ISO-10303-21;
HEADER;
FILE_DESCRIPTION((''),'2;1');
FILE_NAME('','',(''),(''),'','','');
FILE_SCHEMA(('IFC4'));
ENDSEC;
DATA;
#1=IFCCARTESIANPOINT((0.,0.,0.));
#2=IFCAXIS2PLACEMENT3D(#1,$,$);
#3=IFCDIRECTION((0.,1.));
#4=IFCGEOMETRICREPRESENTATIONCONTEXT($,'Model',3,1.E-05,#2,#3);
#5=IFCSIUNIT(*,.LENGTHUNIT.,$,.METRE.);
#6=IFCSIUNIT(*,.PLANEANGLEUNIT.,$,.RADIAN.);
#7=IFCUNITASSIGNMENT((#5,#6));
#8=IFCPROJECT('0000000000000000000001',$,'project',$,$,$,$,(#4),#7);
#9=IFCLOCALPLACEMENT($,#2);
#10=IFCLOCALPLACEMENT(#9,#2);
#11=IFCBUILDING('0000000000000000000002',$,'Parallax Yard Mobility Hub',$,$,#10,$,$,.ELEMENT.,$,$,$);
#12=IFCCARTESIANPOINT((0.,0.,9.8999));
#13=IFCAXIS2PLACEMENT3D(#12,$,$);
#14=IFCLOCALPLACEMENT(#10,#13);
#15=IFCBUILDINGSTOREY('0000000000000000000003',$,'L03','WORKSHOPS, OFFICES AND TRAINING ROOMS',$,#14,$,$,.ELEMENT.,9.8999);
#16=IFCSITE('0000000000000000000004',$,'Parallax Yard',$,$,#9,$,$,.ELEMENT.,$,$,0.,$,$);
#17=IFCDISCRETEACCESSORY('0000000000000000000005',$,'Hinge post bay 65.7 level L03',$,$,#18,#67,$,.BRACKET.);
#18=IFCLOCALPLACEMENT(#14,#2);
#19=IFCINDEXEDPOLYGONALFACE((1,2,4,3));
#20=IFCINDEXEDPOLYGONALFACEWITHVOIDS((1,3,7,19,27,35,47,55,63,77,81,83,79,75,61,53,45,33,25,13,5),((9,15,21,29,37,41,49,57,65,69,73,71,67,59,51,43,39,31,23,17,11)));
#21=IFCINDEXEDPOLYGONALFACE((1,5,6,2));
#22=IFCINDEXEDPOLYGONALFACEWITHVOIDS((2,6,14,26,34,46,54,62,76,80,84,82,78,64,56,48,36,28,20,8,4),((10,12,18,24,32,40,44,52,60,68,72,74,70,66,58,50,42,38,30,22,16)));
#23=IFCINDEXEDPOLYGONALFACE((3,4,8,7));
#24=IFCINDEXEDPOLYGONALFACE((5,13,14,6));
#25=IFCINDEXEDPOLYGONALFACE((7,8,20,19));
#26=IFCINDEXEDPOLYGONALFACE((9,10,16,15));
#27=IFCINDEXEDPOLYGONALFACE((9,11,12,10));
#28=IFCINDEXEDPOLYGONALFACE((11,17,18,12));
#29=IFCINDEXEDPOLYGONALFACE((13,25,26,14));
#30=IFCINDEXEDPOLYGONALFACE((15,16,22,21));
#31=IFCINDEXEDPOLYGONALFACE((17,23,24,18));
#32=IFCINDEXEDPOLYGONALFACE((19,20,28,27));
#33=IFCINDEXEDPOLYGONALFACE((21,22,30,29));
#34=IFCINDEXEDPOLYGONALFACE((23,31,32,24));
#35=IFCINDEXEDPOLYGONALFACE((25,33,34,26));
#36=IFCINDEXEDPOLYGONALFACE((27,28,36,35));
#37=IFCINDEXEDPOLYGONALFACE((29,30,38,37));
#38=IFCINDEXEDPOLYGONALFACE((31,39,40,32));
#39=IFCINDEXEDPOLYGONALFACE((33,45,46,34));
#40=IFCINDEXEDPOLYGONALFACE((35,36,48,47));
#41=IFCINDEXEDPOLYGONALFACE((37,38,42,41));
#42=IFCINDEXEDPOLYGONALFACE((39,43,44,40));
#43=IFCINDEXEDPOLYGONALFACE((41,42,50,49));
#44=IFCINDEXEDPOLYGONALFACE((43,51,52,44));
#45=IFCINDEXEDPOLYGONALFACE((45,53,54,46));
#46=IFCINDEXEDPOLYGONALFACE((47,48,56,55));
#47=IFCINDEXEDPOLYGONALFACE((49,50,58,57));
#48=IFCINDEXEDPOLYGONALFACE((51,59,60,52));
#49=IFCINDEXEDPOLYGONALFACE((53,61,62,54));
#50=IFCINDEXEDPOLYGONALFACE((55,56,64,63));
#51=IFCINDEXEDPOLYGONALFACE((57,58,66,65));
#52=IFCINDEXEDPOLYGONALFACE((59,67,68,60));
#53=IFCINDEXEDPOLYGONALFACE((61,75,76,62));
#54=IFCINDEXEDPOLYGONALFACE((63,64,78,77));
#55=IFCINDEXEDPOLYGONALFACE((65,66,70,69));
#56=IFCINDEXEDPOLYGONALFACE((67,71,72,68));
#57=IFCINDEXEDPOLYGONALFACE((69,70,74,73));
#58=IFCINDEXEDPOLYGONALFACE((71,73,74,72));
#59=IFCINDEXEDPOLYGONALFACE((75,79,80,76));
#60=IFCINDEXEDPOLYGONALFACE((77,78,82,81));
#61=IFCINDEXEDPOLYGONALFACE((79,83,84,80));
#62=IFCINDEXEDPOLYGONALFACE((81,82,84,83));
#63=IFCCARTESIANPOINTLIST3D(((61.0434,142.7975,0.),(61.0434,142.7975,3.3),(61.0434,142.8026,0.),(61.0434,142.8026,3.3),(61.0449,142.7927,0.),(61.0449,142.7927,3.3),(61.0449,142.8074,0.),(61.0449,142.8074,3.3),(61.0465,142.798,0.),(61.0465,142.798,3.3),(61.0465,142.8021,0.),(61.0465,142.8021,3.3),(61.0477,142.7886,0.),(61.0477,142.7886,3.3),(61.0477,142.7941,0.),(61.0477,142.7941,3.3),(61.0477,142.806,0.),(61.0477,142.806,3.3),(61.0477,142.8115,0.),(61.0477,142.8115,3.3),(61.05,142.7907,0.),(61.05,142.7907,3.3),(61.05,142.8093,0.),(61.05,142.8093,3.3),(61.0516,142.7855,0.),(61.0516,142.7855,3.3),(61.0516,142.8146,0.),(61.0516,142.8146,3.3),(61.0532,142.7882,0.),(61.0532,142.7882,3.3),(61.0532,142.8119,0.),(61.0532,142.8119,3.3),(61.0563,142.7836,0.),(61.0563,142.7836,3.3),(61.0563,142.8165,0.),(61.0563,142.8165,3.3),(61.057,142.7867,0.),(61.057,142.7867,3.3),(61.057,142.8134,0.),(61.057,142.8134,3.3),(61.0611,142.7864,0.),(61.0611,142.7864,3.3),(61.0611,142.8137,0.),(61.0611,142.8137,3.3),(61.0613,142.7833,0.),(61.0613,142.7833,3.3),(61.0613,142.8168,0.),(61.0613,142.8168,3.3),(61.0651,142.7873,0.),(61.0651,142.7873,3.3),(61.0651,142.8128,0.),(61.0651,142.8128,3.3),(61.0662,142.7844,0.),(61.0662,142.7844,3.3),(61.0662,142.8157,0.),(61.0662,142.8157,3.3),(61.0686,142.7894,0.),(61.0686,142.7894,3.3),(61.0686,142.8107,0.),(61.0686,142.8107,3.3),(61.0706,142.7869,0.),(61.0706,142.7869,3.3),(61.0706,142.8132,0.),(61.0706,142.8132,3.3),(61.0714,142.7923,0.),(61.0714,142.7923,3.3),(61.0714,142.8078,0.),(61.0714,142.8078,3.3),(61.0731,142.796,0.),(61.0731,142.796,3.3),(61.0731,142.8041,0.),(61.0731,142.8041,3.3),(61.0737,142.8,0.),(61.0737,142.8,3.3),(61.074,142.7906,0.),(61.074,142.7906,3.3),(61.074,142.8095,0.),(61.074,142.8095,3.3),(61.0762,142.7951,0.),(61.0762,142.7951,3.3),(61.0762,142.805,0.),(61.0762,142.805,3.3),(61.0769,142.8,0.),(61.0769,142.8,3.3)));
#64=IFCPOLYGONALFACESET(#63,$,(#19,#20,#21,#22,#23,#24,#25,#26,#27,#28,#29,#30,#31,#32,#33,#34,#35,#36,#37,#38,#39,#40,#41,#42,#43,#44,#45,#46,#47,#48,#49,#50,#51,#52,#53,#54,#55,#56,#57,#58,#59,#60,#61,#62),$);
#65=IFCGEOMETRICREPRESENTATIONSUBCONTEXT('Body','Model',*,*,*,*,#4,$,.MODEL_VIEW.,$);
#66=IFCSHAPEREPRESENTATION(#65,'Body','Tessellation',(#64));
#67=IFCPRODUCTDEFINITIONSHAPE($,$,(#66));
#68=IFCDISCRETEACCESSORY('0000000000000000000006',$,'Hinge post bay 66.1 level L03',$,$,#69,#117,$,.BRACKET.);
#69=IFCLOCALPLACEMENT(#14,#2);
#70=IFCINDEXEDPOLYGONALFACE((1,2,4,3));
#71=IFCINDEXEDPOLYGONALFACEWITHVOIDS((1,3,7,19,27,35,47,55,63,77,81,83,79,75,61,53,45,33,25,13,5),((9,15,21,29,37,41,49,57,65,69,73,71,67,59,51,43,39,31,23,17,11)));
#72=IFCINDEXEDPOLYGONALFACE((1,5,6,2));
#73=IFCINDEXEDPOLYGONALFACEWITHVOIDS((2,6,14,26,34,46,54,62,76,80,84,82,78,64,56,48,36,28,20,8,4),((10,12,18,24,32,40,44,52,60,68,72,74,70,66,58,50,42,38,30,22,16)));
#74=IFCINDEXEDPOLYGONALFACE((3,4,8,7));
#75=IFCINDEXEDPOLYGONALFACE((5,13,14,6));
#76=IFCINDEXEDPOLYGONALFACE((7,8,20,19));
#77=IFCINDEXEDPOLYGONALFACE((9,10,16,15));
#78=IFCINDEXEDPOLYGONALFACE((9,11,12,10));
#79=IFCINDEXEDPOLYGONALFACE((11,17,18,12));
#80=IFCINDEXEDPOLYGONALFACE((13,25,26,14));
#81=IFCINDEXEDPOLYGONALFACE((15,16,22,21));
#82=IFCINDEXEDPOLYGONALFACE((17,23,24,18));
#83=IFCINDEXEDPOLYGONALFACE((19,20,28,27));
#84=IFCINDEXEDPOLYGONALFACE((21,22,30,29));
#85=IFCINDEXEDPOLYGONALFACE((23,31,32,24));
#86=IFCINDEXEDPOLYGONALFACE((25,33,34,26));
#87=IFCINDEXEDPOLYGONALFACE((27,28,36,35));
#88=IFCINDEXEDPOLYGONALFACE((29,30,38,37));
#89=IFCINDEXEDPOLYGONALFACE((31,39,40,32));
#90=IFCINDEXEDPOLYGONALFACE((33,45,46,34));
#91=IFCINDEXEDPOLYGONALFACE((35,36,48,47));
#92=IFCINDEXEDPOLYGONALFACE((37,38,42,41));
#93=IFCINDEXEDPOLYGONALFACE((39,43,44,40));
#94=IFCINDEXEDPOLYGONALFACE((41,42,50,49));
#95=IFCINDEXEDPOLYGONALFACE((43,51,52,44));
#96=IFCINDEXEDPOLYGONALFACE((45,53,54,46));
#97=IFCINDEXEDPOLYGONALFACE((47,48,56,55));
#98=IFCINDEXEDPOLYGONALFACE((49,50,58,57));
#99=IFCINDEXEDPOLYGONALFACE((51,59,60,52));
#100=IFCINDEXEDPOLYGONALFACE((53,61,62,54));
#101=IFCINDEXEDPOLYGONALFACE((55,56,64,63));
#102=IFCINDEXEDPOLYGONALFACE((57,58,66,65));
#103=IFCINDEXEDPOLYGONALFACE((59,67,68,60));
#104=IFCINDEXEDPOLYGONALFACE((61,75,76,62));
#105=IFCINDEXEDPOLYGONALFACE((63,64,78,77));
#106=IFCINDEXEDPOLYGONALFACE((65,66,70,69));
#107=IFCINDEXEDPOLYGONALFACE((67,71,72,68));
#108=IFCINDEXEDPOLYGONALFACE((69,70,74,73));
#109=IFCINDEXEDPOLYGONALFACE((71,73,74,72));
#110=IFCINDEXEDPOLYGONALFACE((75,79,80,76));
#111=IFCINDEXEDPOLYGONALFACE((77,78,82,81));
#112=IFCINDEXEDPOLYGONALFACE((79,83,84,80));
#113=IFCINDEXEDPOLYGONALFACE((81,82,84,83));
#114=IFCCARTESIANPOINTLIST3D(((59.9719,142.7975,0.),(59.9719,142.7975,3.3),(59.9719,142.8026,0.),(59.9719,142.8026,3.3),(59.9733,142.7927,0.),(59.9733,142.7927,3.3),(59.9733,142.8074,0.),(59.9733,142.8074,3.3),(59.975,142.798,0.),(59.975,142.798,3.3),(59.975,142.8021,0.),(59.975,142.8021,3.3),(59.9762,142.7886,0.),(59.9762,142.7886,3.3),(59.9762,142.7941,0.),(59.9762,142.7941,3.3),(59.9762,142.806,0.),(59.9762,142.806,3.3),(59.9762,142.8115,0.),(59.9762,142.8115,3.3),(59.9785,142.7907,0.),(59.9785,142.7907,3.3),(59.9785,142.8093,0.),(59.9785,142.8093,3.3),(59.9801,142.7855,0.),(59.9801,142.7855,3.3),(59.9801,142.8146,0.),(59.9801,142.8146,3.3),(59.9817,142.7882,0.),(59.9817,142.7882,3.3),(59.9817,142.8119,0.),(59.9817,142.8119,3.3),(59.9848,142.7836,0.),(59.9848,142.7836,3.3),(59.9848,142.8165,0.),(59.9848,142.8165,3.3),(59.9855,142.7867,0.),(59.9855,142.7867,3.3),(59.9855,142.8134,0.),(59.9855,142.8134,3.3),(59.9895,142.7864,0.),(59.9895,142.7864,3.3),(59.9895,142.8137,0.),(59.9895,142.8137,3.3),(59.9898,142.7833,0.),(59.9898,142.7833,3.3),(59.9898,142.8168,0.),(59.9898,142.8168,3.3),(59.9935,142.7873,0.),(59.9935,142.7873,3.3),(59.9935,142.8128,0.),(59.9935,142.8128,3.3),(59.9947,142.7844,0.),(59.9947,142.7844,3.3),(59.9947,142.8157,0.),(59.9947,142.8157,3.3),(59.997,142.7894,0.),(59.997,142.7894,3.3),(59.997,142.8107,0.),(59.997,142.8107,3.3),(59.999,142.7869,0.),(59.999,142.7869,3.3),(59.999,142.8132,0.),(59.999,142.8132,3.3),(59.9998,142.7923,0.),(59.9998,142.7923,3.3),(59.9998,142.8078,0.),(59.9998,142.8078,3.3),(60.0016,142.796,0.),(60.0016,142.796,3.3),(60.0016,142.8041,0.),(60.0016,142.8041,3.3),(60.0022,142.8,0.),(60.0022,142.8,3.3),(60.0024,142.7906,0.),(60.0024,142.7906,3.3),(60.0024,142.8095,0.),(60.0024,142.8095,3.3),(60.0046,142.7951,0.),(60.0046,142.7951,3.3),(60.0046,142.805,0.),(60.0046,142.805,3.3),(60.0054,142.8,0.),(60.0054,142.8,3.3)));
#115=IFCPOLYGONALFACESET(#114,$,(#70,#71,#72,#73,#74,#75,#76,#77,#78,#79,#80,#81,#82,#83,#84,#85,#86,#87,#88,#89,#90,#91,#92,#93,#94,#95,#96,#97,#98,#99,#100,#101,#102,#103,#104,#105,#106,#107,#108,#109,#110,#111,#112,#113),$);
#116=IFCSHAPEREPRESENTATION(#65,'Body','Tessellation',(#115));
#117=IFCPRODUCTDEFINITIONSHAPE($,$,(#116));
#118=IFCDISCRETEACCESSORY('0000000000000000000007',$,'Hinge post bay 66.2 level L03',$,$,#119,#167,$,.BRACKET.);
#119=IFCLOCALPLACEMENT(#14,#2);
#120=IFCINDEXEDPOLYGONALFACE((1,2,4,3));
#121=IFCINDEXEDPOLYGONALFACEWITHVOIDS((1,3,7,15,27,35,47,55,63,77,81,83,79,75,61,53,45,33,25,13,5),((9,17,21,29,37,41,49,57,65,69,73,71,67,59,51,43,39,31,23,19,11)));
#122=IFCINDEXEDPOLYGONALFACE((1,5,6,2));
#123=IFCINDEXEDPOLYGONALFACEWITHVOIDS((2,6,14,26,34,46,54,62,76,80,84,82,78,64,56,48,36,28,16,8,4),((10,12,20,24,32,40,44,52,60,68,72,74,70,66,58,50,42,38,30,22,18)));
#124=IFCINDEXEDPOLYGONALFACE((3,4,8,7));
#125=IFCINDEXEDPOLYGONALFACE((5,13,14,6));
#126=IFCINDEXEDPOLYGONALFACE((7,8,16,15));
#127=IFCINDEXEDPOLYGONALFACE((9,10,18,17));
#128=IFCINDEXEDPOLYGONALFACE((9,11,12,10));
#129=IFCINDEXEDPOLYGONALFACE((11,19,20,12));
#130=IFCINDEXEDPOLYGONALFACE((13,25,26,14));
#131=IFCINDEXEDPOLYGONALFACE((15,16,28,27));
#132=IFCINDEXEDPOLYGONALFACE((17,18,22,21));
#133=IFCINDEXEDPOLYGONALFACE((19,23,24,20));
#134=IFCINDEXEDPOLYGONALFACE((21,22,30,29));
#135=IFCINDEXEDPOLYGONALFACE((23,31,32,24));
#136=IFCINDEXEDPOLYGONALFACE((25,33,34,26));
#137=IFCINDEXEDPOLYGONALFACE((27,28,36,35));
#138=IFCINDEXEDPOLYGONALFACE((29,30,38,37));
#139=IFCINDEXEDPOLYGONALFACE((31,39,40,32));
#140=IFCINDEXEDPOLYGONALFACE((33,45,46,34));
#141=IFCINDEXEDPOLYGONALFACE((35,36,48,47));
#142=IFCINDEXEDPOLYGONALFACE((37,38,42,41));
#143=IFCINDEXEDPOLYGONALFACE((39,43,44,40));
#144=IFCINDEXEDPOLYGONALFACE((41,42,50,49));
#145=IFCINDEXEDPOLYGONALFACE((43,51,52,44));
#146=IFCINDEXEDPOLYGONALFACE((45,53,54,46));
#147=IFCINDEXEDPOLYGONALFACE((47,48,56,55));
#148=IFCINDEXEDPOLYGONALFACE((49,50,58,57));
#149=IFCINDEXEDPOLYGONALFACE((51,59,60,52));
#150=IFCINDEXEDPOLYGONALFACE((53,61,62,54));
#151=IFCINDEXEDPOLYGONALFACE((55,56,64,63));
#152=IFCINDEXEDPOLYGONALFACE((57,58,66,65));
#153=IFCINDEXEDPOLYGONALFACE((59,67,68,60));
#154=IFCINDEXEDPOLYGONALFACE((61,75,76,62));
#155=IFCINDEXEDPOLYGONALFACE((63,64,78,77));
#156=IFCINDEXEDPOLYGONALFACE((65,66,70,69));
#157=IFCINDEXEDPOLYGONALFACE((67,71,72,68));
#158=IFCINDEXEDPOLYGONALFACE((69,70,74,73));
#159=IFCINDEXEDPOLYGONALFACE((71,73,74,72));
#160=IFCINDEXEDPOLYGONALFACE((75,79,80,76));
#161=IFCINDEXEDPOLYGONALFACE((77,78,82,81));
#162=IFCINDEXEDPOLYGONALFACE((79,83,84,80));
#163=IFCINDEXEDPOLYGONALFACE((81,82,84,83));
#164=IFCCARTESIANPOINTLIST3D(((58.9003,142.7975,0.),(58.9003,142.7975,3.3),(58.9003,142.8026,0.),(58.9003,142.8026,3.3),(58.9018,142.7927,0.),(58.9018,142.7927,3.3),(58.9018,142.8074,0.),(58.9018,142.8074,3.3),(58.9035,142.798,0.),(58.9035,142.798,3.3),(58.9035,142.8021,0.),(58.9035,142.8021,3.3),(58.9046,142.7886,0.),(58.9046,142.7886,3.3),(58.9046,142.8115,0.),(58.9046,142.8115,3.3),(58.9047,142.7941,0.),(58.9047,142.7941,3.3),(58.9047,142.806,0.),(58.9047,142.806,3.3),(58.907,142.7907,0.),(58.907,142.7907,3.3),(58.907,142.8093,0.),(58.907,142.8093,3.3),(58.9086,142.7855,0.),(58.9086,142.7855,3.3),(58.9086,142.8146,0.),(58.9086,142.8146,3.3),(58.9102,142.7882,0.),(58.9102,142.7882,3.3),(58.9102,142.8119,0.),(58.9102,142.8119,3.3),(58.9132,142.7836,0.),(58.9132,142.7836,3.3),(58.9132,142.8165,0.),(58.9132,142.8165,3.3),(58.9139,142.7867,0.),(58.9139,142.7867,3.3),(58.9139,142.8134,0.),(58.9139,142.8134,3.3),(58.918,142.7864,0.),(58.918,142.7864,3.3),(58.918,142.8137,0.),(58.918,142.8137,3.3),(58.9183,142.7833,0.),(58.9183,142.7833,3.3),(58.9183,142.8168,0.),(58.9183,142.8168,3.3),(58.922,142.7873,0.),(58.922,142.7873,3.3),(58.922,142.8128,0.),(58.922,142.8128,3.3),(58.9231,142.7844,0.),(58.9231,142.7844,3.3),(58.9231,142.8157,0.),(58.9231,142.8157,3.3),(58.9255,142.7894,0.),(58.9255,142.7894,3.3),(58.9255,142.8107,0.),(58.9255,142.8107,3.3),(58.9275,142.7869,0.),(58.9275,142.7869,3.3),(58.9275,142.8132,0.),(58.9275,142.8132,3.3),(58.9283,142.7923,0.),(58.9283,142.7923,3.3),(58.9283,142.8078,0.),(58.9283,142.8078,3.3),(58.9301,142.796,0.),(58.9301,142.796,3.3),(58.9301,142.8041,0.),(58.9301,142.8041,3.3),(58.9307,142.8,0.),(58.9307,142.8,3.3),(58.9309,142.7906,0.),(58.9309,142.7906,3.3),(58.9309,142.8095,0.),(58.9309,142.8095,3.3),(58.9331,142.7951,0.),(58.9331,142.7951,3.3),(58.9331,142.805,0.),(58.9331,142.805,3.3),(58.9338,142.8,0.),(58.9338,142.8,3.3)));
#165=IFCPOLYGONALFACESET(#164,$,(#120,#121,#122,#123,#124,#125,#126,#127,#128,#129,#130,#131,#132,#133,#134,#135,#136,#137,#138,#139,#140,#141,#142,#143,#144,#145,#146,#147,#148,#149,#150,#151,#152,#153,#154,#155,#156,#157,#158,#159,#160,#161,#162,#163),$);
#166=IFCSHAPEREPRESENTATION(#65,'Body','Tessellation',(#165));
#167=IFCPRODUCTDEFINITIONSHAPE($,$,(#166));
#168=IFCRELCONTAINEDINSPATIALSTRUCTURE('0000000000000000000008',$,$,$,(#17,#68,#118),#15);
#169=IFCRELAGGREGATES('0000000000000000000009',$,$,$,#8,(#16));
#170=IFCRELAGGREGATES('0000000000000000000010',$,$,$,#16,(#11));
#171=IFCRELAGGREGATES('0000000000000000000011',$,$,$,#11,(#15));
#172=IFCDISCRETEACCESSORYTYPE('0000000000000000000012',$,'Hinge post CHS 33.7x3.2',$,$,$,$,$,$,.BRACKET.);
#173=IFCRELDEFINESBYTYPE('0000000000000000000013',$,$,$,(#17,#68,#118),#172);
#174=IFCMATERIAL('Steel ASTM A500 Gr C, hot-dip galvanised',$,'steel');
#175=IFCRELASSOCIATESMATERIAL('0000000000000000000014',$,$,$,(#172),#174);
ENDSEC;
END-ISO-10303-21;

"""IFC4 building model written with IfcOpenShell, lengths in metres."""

from ifc_helpers import new_model, si_unit, direction, frame, origin, origin_2d, place, context, subcontext, project, spatial, hollow_circle, extrude, material, material_profile, profile_set, type_object, element, save


model = new_model("IFC4")

# Units and contexts
model_context = context("Model", 3, precision=1e-05, world=origin(), true_north=direction((0.0, 1.0)))
body_context = subcontext(model_context, "Body", "Model", "MODEL_VIEW")
ifc_project = project(units=[si_unit("LENGTHUNIT", "METRE"), si_unit("PLANEANGLEUNIT", "RADIAN")], contexts=[model_context])

# Site, building, storey
site_placement = place(None, origin())
site = spatial("IfcSite", under=ifc_project, at=site_placement, Name="Parallax Yard", CompositionType="ELEMENT", RefElevation=0.0)
building_placement = place(site_placement, origin())
building = spatial("IfcBuilding", under=site, at=building_placement, Name="Parallax Yard Mobility Hub", CompositionType="ELEMENT")
storey_placement = place(building_placement, frame((0.0, 0.0, 9.8999)))
storey = spatial("IfcBuildingStorey", under=building, at=storey_placement, Name="L03", Description="WORKSHOPS, OFFICES AND TRAINING ROOMS", CompositionType="ELEMENT", Elevation=9.8999)

# Discrete accessories
ifc_material_1 = material(Name="Steel ASTM A500 Gr C, hot-dip galvanised", Category="steel")
ifc_material_profile = material_profile(ifc_material_1, hollow_circle(Radius=0.0168, WallThickness=0.0032, at=origin_2d()), Name="CHS 33.7x3.2")
ifc_profile_set = profile_set([ifc_material_profile], Name="Steel ASTM A500 Gr C, hot-dip galvanised")
discrete_accessory_type_1 = type_object("IfcDiscreteAccessoryType", Name="Hinge post CHS 33.7x3.2", PredefinedType="BRACKET", material=ifc_profile_set)
for number, where, z_axis, x_axis, name in (
    (1, (61.0601, 142.8, 0.0), (0.0, 0.0, 1.0), (1.0, 0.0, 0.0), "Hinge post bay 65.7 level L03"),
    (2, (59.9885, 142.8, 0.0), (0.0, 0.0, 1.0), (1.0, 0.0, 0.0), "Hinge post bay 66.1 level L03"),
    (3, (58.917, 142.8, 0.0), (0.0, 0.0, 1.0), (1.0, 0.0, 0.0), "Hinge post bay 66.2 level L03"),
):
    element("IfcDiscreteAccessory", number, at=place(storey_placement, frame(where, z_axis=z_axis, x_axis=x_axis)), inside=storey, type_object=discrete_accessory_type_1, Name=name, PredefinedType="BRACKET", context=body_context, shape_type="SweptSolid", body=[
        extrude(hollow_circle(Radius=0.0168, WallThickness=0.0032, at=origin_2d()), origin(), (0.0, 0.0, 1.0), 3.3),
    ])

save(model, "model.ifc")
